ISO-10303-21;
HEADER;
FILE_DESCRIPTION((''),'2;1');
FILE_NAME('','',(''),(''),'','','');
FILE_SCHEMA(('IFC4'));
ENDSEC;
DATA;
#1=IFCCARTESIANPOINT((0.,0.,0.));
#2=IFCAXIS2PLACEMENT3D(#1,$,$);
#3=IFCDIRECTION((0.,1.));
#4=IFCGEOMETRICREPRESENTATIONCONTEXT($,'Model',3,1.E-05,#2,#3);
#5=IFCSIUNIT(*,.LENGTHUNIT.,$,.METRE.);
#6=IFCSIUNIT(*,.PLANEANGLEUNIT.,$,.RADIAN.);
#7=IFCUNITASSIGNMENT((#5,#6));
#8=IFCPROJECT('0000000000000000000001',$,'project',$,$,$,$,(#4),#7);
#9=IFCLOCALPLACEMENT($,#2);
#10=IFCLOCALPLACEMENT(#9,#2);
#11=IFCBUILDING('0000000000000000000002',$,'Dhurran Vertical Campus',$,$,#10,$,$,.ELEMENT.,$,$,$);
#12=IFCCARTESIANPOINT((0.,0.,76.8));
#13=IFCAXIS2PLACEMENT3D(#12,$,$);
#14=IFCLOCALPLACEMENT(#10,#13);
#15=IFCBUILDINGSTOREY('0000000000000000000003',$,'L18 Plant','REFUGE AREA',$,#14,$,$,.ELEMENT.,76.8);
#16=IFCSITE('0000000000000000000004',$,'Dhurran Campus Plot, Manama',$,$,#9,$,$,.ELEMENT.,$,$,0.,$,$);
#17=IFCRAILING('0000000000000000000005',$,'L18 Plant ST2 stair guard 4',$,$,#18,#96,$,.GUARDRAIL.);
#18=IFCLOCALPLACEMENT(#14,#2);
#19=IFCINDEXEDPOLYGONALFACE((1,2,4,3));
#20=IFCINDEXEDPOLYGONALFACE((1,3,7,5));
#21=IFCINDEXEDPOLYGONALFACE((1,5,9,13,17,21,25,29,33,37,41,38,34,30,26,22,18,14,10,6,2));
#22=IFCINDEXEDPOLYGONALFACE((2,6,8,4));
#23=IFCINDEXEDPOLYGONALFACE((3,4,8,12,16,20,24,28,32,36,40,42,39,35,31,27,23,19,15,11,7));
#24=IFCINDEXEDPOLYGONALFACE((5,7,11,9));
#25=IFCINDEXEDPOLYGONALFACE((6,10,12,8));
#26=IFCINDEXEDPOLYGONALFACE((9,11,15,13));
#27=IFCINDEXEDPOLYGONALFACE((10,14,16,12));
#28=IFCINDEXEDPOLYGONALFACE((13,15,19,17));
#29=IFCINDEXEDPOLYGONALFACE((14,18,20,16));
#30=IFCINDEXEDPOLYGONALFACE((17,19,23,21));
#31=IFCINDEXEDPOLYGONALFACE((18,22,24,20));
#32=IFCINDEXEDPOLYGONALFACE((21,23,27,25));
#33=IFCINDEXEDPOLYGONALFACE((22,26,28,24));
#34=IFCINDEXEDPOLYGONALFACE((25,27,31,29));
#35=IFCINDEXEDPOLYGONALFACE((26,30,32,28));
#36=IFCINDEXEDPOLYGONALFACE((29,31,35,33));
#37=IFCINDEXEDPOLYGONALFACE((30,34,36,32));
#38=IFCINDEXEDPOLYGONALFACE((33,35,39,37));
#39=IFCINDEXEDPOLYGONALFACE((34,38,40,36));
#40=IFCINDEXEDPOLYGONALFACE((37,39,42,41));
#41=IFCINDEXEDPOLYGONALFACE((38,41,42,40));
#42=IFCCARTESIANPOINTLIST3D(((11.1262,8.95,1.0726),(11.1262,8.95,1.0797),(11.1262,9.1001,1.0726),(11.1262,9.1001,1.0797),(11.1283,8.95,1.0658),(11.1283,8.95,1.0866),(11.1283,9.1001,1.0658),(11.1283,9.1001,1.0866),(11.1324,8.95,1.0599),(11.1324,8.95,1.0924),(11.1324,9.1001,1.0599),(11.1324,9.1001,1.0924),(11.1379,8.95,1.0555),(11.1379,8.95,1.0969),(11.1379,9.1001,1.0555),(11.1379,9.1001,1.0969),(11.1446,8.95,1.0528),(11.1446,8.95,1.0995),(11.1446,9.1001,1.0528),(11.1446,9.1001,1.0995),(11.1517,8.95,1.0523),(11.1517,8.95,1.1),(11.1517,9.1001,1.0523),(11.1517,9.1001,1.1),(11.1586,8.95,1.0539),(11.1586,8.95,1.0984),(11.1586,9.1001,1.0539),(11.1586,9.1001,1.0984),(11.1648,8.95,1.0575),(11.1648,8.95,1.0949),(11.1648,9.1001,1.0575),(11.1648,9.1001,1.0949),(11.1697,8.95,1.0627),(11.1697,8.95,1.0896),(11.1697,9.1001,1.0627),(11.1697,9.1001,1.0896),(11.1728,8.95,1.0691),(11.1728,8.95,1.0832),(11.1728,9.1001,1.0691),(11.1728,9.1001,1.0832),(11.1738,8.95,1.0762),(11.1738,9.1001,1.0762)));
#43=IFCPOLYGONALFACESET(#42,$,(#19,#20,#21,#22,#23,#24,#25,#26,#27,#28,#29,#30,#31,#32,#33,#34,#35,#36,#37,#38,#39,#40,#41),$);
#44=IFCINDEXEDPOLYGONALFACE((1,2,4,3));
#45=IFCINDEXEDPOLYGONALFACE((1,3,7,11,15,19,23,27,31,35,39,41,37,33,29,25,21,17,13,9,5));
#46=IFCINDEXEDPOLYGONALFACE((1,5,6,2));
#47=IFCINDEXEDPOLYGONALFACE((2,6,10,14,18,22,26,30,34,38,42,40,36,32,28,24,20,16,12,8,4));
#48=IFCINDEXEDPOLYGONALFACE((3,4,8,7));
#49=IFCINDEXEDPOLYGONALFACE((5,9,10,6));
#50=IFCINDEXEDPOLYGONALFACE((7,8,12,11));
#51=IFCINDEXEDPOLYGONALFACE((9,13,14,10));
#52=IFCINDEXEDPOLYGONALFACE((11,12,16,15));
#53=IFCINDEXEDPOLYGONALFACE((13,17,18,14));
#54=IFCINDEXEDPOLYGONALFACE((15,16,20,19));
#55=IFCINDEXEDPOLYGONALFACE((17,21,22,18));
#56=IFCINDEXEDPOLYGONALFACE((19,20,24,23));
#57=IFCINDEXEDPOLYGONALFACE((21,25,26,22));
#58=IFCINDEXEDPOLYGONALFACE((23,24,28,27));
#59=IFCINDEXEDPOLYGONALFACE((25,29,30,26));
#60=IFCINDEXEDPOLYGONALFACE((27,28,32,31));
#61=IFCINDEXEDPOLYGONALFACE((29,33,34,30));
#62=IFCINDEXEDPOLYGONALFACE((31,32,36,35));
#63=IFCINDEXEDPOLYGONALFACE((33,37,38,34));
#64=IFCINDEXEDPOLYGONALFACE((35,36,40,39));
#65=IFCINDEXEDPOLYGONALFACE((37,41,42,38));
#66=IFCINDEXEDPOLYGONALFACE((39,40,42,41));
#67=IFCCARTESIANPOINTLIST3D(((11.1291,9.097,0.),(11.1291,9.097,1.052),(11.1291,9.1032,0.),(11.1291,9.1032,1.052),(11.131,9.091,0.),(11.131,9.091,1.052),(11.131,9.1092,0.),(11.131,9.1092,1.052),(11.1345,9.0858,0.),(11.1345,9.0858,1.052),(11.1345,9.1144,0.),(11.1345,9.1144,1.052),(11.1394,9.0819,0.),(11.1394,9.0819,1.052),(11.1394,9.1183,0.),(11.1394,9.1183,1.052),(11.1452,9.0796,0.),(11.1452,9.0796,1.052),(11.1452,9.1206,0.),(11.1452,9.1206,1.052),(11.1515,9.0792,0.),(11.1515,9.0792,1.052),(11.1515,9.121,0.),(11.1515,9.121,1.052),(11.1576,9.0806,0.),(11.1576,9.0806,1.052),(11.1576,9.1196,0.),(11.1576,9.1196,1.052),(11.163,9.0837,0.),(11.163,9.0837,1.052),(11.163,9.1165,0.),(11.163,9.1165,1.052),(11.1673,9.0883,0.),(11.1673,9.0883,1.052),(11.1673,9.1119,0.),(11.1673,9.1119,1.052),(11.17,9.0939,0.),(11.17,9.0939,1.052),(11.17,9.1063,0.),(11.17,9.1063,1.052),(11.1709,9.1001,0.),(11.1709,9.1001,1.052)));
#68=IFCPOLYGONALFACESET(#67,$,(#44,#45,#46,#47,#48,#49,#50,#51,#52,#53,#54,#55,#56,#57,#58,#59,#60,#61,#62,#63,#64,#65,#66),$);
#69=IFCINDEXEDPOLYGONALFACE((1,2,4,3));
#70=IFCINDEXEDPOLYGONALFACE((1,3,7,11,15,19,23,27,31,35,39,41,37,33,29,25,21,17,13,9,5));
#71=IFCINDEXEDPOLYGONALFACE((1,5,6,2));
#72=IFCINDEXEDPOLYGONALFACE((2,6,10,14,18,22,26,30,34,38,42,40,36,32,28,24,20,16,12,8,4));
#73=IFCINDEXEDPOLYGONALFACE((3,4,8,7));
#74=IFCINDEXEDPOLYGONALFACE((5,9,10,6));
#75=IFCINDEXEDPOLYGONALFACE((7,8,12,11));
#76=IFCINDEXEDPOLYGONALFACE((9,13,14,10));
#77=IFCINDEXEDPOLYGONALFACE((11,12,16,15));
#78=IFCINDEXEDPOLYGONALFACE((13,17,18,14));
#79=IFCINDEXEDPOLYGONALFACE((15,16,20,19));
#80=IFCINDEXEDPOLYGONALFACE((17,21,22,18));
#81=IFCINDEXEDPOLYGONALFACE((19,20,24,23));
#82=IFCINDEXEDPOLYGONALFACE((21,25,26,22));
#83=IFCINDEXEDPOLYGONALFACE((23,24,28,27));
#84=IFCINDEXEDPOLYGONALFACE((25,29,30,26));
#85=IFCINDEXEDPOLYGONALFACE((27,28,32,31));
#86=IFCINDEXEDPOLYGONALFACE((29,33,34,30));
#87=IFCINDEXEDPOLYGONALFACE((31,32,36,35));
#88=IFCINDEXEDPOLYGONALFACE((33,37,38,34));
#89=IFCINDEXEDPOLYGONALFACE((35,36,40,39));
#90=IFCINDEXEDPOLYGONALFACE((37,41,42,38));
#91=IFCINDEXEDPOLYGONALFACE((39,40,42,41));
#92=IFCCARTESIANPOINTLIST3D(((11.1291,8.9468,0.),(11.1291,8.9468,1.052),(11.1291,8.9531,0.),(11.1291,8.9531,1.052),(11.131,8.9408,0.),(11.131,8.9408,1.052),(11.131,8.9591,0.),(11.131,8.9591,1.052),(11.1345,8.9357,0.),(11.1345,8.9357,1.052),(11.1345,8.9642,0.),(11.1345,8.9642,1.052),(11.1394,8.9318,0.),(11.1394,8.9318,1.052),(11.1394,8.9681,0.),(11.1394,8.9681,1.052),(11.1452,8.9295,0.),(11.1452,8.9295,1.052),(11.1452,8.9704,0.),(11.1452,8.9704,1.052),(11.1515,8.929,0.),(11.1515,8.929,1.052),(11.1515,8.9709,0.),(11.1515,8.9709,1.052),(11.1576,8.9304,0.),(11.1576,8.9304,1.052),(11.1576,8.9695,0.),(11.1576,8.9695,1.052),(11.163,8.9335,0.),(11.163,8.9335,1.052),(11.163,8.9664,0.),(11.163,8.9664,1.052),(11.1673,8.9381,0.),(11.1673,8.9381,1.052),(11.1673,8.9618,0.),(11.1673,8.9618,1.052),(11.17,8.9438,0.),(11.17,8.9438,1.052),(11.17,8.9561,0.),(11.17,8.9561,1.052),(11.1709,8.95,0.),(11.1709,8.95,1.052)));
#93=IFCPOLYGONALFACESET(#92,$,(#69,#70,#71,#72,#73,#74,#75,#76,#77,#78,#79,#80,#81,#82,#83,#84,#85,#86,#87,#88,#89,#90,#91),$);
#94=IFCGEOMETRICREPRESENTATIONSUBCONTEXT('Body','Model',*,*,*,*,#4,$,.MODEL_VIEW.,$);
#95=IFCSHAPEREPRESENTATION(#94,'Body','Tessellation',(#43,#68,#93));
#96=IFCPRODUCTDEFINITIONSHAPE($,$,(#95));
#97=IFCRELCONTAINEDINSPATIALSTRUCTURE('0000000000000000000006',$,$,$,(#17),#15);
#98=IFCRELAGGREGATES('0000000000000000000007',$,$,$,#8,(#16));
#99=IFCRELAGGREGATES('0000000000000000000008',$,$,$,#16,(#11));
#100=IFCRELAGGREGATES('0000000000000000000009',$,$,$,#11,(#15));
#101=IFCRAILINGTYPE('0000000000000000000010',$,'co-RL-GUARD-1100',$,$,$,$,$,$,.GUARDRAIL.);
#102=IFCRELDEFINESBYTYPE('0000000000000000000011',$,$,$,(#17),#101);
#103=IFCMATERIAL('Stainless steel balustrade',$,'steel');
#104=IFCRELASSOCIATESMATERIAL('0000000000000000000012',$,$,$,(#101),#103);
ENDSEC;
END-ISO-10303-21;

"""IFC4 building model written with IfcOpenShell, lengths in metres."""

from ifc_helpers import new_model, si_unit, direction, frame, origin, origin_2d, place, context, subcontext, project, spatial, circle, extrude, material, type_object, element, save


model = new_model("IFC4")

# Units and contexts
model_context = context("Model", 3, precision=1e-05, world=origin(), true_north=direction((0.0, 1.0)))
body_context = subcontext(model_context, "Body", "Model", "MODEL_VIEW")
ifc_project = project(units=[si_unit("LENGTHUNIT", "METRE"), si_unit("PLANEANGLEUNIT", "RADIAN")], contexts=[model_context])

# Site, building, storey
site_placement = place(None, origin())
site = spatial("IfcSite", under=ifc_project, at=site_placement, Name="Dhurran Campus Plot, Manama", CompositionType="ELEMENT", RefElevation=0.0)
building_placement = place(site_placement, origin())
building = spatial("IfcBuilding", under=site, at=building_placement, Name="Dhurran Vertical Campus", CompositionType="ELEMENT")
storey_placement = place(building_placement, frame((0.0, 0.0, 76.8)))
storey = spatial("IfcBuildingStorey", under=building, at=storey_placement, Name="L18 Plant", Description="REFUGE AREA", CompositionType="ELEMENT", Elevation=76.8)

# Railing
ifc_material_1 = material(Name="Stainless steel balustrade", Category="steel")
railing_type_1 = type_object("IfcRailingType", Name="co-RL-GUARD-1100", PredefinedType="GUARDRAIL", material=ifc_material_1)
railing_1_placement = place(storey_placement, frame((11.1499, 9.1001, 0.0)))
element("IfcRailing", 1, at=railing_1_placement, inside=storey, type_object=railing_type_1, Name="L18 Plant ST2 stair guard 4", PredefinedType="GUARDRAIL", context=body_context, shape_type="SweptSolid", body=[
    extrude(circle(Radius=0.0239, at=origin_2d()), frame((0.0, 0.0, 1.0762), z_axis=(0.0, -1.0, 0.0), x_axis=(1.0, 0.0, 0.0)), (0.0, 0.0, 1.0), 0.1501),
    extrude(circle(Radius=0.021, at=origin_2d()), origin(), (0.0, 0.0, 1.0), 1.052),
    extrude(circle(Radius=0.021, at=origin_2d()), frame((0.0, -0.1501, 0.0)), (0.0, 0.0, 1.0), 1.052),
])

save(model, "model.ifc")
